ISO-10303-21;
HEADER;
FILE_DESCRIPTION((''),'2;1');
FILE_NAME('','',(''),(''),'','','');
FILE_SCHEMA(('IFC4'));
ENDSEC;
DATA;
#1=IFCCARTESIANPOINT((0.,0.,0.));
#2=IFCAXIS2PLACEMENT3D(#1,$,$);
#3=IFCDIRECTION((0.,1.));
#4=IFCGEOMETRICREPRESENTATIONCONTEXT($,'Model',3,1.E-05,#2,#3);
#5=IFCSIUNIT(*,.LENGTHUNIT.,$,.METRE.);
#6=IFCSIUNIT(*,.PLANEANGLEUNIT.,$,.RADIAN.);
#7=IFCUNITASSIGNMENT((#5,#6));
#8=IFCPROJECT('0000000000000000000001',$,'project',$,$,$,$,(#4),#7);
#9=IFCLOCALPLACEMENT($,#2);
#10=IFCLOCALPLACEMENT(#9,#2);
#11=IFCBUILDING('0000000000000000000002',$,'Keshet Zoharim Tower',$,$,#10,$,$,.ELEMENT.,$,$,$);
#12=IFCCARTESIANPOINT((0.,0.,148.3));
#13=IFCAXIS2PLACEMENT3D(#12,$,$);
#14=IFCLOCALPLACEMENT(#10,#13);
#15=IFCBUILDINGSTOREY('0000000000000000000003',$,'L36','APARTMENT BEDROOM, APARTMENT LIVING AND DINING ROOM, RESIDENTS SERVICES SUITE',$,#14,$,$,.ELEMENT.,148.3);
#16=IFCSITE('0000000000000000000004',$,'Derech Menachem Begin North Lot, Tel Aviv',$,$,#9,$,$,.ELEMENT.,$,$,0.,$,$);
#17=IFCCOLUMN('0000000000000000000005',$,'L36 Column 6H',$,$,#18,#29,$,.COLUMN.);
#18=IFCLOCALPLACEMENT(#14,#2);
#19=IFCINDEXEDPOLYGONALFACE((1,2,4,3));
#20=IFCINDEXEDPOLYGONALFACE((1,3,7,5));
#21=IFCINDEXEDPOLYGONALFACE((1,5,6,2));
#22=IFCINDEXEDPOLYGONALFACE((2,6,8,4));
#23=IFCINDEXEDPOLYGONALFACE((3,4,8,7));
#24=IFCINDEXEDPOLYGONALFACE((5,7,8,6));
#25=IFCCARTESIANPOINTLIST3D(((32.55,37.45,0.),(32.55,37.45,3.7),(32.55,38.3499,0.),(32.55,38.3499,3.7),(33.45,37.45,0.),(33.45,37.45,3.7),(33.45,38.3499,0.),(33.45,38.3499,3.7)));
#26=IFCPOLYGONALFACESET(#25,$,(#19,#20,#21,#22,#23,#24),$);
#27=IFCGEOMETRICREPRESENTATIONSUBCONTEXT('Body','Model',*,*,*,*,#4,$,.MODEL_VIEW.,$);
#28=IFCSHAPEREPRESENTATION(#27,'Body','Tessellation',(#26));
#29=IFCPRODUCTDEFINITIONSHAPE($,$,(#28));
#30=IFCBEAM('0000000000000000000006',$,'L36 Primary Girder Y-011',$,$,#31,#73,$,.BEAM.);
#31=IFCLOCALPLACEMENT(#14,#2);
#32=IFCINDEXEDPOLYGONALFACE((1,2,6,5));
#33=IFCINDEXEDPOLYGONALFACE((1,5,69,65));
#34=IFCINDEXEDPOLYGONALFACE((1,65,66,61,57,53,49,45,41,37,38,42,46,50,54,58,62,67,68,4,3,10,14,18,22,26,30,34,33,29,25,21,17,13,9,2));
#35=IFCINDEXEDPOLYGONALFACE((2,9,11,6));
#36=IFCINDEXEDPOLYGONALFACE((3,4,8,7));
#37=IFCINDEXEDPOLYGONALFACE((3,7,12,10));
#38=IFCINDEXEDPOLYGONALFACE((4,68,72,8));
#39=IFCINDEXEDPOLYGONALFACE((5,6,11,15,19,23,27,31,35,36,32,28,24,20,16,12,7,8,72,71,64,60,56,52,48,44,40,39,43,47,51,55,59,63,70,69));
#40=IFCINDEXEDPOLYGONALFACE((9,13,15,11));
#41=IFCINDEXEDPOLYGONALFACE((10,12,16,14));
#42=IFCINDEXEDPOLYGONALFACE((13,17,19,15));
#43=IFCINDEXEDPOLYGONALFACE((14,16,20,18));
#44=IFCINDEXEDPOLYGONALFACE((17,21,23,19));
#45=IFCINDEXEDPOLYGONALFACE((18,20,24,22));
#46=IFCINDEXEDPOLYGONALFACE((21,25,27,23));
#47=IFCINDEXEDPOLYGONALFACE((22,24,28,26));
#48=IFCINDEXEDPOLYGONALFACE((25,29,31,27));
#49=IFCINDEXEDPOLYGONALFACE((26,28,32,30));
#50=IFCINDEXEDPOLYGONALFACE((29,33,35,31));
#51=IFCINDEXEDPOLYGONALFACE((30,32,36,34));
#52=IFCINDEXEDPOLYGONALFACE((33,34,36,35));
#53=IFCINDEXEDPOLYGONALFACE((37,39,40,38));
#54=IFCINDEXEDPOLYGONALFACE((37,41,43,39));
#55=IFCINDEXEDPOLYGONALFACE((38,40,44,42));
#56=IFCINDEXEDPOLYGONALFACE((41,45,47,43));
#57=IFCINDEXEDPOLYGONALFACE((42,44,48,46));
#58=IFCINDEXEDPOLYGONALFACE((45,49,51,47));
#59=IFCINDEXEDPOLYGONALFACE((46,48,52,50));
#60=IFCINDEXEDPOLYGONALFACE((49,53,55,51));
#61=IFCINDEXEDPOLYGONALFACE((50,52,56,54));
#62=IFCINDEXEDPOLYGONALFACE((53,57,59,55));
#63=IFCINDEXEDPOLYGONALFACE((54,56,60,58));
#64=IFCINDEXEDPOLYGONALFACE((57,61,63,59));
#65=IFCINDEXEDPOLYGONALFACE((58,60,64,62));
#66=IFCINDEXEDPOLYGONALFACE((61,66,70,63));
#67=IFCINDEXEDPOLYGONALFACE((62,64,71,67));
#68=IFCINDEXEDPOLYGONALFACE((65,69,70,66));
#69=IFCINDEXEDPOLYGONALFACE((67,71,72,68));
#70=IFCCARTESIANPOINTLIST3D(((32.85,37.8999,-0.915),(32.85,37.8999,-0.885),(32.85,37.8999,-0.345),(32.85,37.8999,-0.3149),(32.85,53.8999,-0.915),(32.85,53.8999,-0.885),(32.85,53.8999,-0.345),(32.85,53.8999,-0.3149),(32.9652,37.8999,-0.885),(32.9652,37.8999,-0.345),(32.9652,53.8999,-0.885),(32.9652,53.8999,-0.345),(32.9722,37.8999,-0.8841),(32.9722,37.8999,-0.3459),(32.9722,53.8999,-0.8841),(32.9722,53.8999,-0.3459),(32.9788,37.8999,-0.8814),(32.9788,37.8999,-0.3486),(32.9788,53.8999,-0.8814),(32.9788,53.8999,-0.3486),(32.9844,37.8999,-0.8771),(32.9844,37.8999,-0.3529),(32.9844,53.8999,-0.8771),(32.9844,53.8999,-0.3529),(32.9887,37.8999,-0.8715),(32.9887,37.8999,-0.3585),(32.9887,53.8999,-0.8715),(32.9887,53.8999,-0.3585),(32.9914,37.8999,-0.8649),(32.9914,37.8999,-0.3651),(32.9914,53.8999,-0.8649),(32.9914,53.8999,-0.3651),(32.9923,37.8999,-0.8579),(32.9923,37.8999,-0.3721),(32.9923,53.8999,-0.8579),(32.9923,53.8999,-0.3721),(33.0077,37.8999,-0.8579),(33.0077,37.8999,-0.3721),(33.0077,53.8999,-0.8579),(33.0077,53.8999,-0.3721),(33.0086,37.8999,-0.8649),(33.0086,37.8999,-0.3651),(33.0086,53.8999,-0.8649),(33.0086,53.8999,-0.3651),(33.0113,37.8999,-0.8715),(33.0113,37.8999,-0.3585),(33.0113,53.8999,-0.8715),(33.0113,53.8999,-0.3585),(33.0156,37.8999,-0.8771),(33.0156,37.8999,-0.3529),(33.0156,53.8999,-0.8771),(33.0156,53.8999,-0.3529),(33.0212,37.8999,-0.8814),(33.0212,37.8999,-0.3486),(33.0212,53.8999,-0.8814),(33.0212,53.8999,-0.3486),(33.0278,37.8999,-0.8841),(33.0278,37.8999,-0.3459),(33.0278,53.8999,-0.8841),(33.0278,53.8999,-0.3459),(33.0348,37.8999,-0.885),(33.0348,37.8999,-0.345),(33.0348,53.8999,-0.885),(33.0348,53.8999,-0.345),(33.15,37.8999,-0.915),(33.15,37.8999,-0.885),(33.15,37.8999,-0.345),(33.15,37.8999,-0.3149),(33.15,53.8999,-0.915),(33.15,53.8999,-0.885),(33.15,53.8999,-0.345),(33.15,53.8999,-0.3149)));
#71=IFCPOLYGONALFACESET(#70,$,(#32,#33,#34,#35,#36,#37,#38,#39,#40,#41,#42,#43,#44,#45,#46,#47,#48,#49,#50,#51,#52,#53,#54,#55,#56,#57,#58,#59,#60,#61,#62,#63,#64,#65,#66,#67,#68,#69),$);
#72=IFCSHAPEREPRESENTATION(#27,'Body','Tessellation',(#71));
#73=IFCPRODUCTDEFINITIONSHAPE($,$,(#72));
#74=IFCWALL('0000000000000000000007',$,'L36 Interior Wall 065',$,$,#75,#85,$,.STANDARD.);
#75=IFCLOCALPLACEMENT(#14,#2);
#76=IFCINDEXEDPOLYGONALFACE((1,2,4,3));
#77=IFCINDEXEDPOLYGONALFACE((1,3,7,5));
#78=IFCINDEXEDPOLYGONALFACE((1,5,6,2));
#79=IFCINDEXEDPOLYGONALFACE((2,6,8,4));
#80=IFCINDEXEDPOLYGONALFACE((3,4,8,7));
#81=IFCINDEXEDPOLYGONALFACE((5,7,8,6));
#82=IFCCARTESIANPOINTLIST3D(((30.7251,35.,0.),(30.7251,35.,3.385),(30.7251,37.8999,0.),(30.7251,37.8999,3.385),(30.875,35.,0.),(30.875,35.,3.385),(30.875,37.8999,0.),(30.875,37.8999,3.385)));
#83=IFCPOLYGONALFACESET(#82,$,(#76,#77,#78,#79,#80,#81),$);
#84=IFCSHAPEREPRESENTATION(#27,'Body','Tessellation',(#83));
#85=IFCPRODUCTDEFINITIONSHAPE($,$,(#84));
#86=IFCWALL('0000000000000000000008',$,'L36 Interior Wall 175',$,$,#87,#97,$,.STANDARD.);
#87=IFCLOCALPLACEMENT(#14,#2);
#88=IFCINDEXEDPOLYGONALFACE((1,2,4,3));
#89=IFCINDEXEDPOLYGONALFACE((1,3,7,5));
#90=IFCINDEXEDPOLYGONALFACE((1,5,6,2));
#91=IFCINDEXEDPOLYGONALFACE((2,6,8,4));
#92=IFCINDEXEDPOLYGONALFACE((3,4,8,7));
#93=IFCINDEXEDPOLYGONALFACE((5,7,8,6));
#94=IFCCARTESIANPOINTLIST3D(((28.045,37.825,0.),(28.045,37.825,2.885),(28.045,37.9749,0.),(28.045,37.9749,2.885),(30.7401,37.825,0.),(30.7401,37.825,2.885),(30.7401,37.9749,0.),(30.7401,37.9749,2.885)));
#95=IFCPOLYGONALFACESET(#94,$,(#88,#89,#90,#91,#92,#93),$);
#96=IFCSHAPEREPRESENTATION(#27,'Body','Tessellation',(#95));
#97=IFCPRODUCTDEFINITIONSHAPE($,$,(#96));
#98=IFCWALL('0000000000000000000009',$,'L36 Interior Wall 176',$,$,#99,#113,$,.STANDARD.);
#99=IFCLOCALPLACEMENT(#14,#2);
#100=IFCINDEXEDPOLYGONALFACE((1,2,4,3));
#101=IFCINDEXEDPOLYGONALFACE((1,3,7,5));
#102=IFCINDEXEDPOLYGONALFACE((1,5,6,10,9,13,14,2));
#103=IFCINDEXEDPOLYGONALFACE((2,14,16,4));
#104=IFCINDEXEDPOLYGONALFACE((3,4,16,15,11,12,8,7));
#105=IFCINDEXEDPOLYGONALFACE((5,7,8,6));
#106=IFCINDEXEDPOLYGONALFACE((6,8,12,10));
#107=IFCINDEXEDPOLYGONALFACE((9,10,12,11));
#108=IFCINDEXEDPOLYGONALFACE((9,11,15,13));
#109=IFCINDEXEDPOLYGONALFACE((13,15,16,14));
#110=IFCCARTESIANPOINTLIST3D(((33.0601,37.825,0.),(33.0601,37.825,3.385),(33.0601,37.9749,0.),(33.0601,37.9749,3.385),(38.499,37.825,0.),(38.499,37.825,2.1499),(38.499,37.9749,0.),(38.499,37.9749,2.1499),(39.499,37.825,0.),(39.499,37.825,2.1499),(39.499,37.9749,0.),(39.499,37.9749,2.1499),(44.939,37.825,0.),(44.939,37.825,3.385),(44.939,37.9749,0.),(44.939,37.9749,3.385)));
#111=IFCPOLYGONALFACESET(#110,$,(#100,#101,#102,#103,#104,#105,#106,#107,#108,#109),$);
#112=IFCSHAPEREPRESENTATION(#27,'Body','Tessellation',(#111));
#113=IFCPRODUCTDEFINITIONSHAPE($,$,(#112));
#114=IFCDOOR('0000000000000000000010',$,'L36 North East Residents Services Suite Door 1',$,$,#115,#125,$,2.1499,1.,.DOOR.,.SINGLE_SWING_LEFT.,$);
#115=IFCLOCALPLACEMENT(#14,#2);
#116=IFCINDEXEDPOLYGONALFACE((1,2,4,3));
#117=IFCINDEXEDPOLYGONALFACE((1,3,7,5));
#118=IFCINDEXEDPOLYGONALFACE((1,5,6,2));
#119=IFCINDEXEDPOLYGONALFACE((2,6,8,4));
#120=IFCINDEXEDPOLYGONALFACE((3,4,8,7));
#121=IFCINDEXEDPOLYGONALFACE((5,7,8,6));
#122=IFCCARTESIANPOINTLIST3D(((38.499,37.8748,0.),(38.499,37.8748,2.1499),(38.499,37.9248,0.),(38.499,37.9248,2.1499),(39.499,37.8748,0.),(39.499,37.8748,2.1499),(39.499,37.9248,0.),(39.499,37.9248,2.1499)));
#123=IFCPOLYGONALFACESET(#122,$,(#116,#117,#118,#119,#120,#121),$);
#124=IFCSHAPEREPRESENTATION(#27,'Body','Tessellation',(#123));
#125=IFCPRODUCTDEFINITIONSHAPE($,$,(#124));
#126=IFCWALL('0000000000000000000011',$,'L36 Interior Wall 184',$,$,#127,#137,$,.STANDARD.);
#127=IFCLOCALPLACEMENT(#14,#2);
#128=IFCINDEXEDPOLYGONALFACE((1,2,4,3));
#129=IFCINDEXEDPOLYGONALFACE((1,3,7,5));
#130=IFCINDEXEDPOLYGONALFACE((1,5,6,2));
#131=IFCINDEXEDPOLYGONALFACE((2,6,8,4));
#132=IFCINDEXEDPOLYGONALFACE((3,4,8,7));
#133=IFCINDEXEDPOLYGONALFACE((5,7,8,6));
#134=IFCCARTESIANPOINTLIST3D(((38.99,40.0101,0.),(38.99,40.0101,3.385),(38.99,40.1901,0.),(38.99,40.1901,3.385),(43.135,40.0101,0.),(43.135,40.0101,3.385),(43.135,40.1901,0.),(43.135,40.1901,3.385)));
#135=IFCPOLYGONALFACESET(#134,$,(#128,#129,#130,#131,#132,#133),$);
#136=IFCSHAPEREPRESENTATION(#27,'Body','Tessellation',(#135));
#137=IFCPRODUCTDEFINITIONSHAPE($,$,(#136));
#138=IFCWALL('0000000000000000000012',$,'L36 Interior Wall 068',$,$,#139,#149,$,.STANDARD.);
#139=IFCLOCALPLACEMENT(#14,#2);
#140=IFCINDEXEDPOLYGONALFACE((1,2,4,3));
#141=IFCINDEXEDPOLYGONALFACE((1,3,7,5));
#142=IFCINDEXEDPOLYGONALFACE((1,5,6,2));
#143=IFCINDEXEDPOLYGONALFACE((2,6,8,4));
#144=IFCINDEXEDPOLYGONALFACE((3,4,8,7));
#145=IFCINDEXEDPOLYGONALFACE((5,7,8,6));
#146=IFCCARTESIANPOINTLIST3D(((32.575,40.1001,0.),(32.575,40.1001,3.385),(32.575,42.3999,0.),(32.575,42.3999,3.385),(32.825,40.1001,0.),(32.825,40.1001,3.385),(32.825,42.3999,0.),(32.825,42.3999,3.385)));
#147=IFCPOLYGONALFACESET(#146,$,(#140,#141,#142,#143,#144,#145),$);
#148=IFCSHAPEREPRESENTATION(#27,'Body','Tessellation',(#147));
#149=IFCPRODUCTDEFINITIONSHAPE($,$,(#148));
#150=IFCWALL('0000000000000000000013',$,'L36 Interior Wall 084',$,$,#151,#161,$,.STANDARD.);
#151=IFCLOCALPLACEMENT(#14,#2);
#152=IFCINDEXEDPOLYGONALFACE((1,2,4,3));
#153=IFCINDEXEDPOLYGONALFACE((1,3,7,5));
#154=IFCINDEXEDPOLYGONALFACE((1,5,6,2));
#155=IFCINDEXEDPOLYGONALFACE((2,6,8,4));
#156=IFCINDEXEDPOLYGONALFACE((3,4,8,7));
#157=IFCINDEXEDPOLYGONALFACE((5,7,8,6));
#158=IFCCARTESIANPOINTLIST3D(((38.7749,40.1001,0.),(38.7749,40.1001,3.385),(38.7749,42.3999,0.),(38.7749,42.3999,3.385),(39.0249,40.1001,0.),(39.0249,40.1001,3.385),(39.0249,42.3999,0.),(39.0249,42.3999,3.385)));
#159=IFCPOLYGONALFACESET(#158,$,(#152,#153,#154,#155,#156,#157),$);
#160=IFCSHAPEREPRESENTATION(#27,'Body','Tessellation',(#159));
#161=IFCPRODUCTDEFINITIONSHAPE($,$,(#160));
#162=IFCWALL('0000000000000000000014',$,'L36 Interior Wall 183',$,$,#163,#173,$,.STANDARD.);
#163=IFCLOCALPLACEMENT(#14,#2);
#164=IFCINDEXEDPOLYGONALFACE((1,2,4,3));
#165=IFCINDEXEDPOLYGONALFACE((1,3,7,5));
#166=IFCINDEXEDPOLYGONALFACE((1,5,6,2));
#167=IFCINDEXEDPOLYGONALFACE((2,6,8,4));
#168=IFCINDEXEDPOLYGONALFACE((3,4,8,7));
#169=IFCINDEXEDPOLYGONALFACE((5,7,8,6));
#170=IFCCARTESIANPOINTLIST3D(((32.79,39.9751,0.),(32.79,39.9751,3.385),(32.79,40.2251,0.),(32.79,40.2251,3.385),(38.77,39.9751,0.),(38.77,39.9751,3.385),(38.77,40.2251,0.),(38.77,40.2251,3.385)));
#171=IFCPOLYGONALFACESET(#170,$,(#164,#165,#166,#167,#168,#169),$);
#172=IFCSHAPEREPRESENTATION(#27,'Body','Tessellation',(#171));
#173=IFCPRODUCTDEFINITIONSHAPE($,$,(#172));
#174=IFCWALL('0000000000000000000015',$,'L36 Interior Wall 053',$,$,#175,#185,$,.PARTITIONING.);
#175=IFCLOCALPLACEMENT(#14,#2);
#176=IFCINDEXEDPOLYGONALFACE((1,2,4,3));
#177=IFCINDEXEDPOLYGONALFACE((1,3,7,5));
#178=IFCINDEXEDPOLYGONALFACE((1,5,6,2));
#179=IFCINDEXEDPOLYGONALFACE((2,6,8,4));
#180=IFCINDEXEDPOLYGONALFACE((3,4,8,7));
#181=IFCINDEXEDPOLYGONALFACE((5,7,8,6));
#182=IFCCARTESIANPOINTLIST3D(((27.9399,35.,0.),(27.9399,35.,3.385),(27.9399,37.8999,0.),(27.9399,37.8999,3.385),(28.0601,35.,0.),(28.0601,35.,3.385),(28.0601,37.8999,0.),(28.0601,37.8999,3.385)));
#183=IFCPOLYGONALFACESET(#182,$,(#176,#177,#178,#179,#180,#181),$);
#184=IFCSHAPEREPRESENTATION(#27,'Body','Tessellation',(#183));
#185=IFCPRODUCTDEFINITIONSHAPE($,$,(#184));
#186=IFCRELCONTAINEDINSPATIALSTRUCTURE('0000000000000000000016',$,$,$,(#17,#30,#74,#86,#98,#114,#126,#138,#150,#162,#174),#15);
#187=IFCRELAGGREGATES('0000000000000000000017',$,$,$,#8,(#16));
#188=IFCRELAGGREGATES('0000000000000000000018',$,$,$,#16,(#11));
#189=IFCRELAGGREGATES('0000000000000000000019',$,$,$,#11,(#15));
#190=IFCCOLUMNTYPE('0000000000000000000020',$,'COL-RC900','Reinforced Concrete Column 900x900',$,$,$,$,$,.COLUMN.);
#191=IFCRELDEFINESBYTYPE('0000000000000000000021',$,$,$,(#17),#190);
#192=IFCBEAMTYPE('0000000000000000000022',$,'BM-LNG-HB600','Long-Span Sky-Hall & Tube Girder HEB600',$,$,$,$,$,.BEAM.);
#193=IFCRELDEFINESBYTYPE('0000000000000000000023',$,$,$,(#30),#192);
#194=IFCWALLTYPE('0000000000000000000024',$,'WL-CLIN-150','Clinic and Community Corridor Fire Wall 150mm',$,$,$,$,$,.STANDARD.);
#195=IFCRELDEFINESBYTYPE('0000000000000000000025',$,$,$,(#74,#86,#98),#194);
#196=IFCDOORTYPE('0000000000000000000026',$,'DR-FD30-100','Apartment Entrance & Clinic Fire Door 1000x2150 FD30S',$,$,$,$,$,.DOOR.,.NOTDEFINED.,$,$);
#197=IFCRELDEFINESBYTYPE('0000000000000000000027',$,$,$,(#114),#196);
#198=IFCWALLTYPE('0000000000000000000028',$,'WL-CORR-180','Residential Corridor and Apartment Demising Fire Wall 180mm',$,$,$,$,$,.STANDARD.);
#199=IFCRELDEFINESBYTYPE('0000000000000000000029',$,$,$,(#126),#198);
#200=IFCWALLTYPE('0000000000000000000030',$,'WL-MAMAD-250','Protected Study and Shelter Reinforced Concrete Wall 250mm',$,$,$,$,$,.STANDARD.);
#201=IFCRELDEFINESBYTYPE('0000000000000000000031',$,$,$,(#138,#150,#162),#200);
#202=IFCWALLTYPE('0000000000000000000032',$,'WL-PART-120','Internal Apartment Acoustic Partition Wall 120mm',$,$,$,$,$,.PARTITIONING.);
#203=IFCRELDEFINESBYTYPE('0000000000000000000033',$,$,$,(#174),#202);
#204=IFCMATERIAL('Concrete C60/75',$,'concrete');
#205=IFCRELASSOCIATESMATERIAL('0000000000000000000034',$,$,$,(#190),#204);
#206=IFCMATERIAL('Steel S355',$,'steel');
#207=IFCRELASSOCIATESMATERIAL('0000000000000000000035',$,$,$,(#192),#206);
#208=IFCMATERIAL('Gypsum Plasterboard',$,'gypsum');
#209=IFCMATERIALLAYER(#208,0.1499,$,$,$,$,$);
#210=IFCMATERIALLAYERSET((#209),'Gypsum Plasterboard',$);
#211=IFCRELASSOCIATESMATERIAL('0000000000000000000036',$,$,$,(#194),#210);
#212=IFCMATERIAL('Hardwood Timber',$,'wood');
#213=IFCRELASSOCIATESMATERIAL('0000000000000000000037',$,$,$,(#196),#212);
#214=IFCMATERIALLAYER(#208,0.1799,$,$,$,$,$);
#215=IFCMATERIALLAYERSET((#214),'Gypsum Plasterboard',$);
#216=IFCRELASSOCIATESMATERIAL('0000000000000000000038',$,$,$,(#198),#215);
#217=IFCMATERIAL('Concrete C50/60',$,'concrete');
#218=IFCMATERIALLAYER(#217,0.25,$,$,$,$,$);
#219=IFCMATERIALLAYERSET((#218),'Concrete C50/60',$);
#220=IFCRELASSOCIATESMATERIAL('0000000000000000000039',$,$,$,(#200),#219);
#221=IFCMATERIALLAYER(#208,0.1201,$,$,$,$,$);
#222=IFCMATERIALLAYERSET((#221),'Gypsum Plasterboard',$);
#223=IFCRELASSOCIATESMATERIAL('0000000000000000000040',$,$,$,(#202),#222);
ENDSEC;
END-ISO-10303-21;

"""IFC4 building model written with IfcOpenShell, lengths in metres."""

from ifc_helpers import new_model, si_unit, direction, frame, frame_2d, origin, origin_2d, place, context, subcontext, project, spatial, rectangle, i_section, extrude, material, layer, layer_set, material_profile, profile_set, type_object, element, fill, save


model = new_model("IFC4")

# Units and contexts
model_context = context("Model", 3, precision=1e-05, world=origin(), true_north=direction((0.0, 1.0)))
body_context = subcontext(model_context, "Body", "Model", "MODEL_VIEW")
ifc_project = project(units=[si_unit("LENGTHUNIT", "METRE"), si_unit("PLANEANGLEUNIT", "RADIAN")], contexts=[model_context])

# Site, building, storey
site_placement = place(None, origin())
site = spatial("IfcSite", under=ifc_project, at=site_placement, Name="Derech Menachem Begin North Lot, Tel Aviv", CompositionType="ELEMENT", RefElevation=0.0)
building_placement = place(site_placement, origin())
building = spatial("IfcBuilding", under=site, at=building_placement, Name="Keshet Zoharim Tower", CompositionType="ELEMENT")
storey_placement = place(building_placement, frame((0.0, 0.0, 148.3)))
storey = spatial("IfcBuildingStorey", under=building, at=storey_placement, Name="L36", Description="APARTMENT BEDROOM, APARTMENT LIVING AND DINING ROOM, RESIDENTS SERVICES SUITE", CompositionType="ELEMENT", Elevation=148.3)

# Column
ifc_material_1 = material(Name="Concrete C60/75", Category="concrete")
ifc_material_profile_1 = material_profile(ifc_material_1, rectangle(XDim=0.8999, YDim=0.8999, at=origin_2d()), Name="RC900x900")
ifc_profile_set_1 = profile_set([ifc_material_profile_1], Name="Concrete C60/75")
column_type = type_object("IfcColumnType", Name="COL-RC900", Description="Reinforced Concrete Column 900x900", PredefinedType="COLUMN", material=ifc_profile_set_1)
column_placement = place(storey_placement, frame((33.0, 37.8999, 0.0), z_axis=(0.0, 0.0, 1.0), x_axis=(1.0, 0.0, 0.0)))
element("IfcColumn", 1, at=column_placement, inside=storey, type_object=column_type, Name="L36 Column 6H", PredefinedType="COLUMN", context=body_context, shape_type="SweptSolid", body=[
    extrude(rectangle(XDim=0.8999, YDim=0.8999, at=origin_2d()), origin(), (0.0, 0.0, 1.0), 3.7),
])

# Beam
ifc_material_2 = material(Name="Steel S355", Category="steel")
ifc_material_profile_2 = material_profile(ifc_material_2, i_section(OverallWidth=0.3, OverallDepth=0.6001, WebThickness=0.0154, FlangeThickness=0.03, FilletRadius=0.0271, at=origin_2d()), Name="HEB600")
ifc_profile_set_2 = profile_set([ifc_material_profile_2], Name="Steel S355")
beam_type = type_object("IfcBeamType", Name="BM-LNG-HB600", Description="Long-Span Sky-Hall & Tube Girder HEB600", PredefinedType="BEAM", material=ifc_profile_set_2)
beam_placement = place(storey_placement, frame((33.0, 37.8999, -0.615), z_axis=(0.0, 1.0, 0.0), x_axis=(-1.0, 0.0, 0.0)))
element("IfcBeam", 2, at=beam_placement, inside=storey, type_object=beam_type, Name="L36 Primary Girder Y-011", PredefinedType="BEAM", context=body_context, shape_type="SweptSolid", body=[
    extrude(i_section(OverallWidth=0.3, OverallDepth=0.6001, WebThickness=0.0154, FlangeThickness=0.03, FilletRadius=0.0271, at=origin_2d()), origin(), (0.0, 0.0, 1.0), 16.0),
])

# Wall
ifc_material_3 = material(Name="Gypsum Plasterboard", Category="gypsum")
ifc_layer_1 = layer(ifc_material_3, 0.1499)
ifc_layer_set_1 = layer_set([ifc_layer_1], Name="Gypsum Plasterboard")
wall_type_1 = type_object("IfcWallType", Name="WL-CLIN-150", Description="Clinic and Community Corridor Fire Wall 150mm", PredefinedType="STANDARD", material=ifc_layer_set_1)
wall_1_placement = place(storey_placement, frame((30.8, 35.0, 0.0), z_axis=(0.0, 0.0, 1.0), x_axis=(0.0, 1.0, 0.0)))
element("IfcWall", 3, at=wall_1_placement, inside=storey, type_object=wall_type_1, Name="L36 Interior Wall 065", PredefinedType="STANDARD", context=body_context, shape_type="SweptSolid", body=[
    extrude(rectangle(XDim=2.8999, YDim=0.1499, at=frame_2d((1.45, 0.0))), origin(), (0.0, 0.0, 1.0), 3.385),
])

# Shared definitions
ifc_material_4 = material(Name="Hardwood Timber", Category="wood")
door_type_1 = type_object("IfcDoorType", Name="DR-FD30-100", Description="Apartment Entrance & Clinic Fire Door 1000x2150 FD30S", OperationType="NOTDEFINED", PredefinedType="DOOR", material=ifc_material_4)

# Wall
wall_2_placement = place(storey_placement, frame((28.0449, 37.8999, 0.0), z_axis=(0.0, 0.0, 1.0), x_axis=(1.0, 0.0, 0.0)))
element("IfcWall", 4, at=wall_2_placement, inside=storey, type_object=wall_type_1, Name="L36 Interior Wall 175", PredefinedType="STANDARD", context=body_context, shape_type="SweptSolid", body=[
    extrude(rectangle(XDim=2.6951, YDim=0.1499, at=frame_2d((1.3477, 0.0))), origin(), (0.0, 0.0, 1.0), 2.885),
])

# Wall, opening, door
wall_3_placement = place(storey_placement, frame((33.0601, 37.8999, 0.0), z_axis=(0.0, 0.0, 1.0), x_axis=(1.0, 0.0, 0.0)))
wall_3 = element("IfcWall", 5, at=wall_3_placement, inside=storey, type_object=wall_type_1, Name="L36 Interior Wall 176", PredefinedType="STANDARD", context=body_context, shape_type="SweptSolid", body=[
    extrude(rectangle(XDim=11.8789, YDim=0.1499, at=frame_2d((5.9395, 0.0))), origin(), (0.0, 0.0, 1.0), 3.385),
])
opening_1_placement = place(wall_3_placement, frame((5.439, 0.0, 0.0)))
opening_1 = element("IfcOpeningElement", 6, at=opening_1_placement, cuts=wall_3, PredefinedType="OPENING", context=body_context, shape_type="SweptSolid", body=[
    extrude(rectangle(XDim=1.0, YDim=2.1499, at=frame_2d((0.5, 1.075))), frame((0.0, 0.085, 0.0), z_axis=(0.0, -1.0, 0.0), x_axis=(1.0, 0.0, 0.0)), (0.0, 0.0, 1.0), 0.1699),
])
door_1_placement = place(opening_1_placement, origin())
door_1 = element("IfcDoor", 7, at=door_1_placement, inside=storey, type_object=door_type_1, Name="L36 North East Residents Services Suite Door 1", OperationType="SINGLE_SWING_LEFT", OverallHeight=2.1499, OverallWidth=1.0, PredefinedType="DOOR", context=body_context, shape_type="SweptSolid", body=[
    extrude(rectangle(XDim=1.0, YDim=2.1499, at=frame_2d((0.5, 1.075))), frame((0.0, 0.0249, 0.0), z_axis=(0.0, -1.0, 0.0), x_axis=(1.0, 0.0, 0.0)), (0.0, 0.0, 1.0), 0.05),
])
fill(opening_1, door_1)

# Walls
ifc_layer_2 = layer(ifc_material_3, 0.1799)
ifc_layer_set_2 = layer_set([ifc_layer_2], Name="Gypsum Plasterboard")
wall_type_2 = type_object("IfcWallType", Name="WL-CORR-180", Description="Residential Corridor and Apartment Demising Fire Wall 180mm", PredefinedType="STANDARD", material=ifc_layer_set_2)
wall_4_placement = place(storey_placement, frame((38.99, 40.1001, 0.0), z_axis=(0.0, 0.0, 1.0), x_axis=(1.0, 0.0, 0.0)))
element("IfcWall", 8, at=wall_4_placement, inside=storey, type_object=wall_type_2, Name="L36 Interior Wall 184", PredefinedType="STANDARD", context=body_context, shape_type="SweptSolid", body=[
    extrude(rectangle(XDim=4.145, YDim=0.1799, at=frame_2d((2.0725, 0.0))), origin(), (0.0, 0.0, 1.0), 3.385),
])
ifc_material_5 = material(Name="Concrete C50/60", Category="concrete")
ifc_layer_3 = layer(ifc_material_5, 0.25)
ifc_layer_set_3 = layer_set([ifc_layer_3], Name="Concrete C50/60")
wall_type_3 = type_object("IfcWallType", Name="WL-MAMAD-250", Description="Protected Study and Shelter Reinforced Concrete Wall 250mm", PredefinedType="STANDARD", material=ifc_layer_set_3)
for number, where, z_axis, x_axis, name in (
    (9, (32.7, 40.1001, 0.0), (0.0, 0.0, 1.0), (0.0, 1.0, 0.0), "L36 Interior Wall 068"),
    (10, (38.8999, 40.1001, 0.0), (0.0, 0.0, 1.0), (0.0, 1.0, 0.0), "L36 Interior Wall 084"),
):
    element("IfcWall", number, at=place(storey_placement, frame(where, z_axis=z_axis, x_axis=x_axis)), inside=storey, type_object=wall_type_3, Name=name, PredefinedType="STANDARD", context=body_context, shape_type="SweptSolid", body=[
        extrude(rectangle(XDim=2.2998, YDim=0.25, at=frame_2d((1.1499, 0.0))), origin(), (0.0, 0.0, 1.0), 3.385),
    ])
wall_5_placement = place(storey_placement, frame((32.79, 40.1001, 0.0), z_axis=(0.0, 0.0, 1.0), x_axis=(1.0, 0.0, 0.0)))
element("IfcWall", 11, at=wall_5_placement, inside=storey, type_object=wall_type_3, Name="L36 Interior Wall 183", PredefinedType="STANDARD", context=body_context, shape_type="SweptSolid", body=[
    extrude(rectangle(XDim=5.98, YDim=0.25, at=frame_2d((2.99, 0.0))), origin(), (0.0, 0.0, 1.0), 3.385),
])
ifc_layer_4 = layer(ifc_material_3, 0.1201)
ifc_layer_set_4 = layer_set([ifc_layer_4], Name="Gypsum Plasterboard")
wall_type_4 = type_object("IfcWallType", Name="WL-PART-120", Description="Internal Apartment Acoustic Partition Wall 120mm", PredefinedType="PARTITIONING", material=ifc_layer_set_4)
wall_6_placement = place(storey_placement, frame((28.0, 35.0, 0.0), z_axis=(0.0, 0.0, 1.0), x_axis=(0.0, 1.0, 0.0)))
element("IfcWall", 12, at=wall_6_placement, inside=storey, type_object=wall_type_4, Name="L36 Interior Wall 053", PredefinedType="PARTITIONING", context=body_context, shape_type="SweptSolid", body=[
    extrude(rectangle(XDim=2.8999, YDim=0.1201, at=frame_2d((1.45, 0.0))), origin(), (0.0, 0.0, 1.0), 3.385),
])

save(model, "model.ifc")
